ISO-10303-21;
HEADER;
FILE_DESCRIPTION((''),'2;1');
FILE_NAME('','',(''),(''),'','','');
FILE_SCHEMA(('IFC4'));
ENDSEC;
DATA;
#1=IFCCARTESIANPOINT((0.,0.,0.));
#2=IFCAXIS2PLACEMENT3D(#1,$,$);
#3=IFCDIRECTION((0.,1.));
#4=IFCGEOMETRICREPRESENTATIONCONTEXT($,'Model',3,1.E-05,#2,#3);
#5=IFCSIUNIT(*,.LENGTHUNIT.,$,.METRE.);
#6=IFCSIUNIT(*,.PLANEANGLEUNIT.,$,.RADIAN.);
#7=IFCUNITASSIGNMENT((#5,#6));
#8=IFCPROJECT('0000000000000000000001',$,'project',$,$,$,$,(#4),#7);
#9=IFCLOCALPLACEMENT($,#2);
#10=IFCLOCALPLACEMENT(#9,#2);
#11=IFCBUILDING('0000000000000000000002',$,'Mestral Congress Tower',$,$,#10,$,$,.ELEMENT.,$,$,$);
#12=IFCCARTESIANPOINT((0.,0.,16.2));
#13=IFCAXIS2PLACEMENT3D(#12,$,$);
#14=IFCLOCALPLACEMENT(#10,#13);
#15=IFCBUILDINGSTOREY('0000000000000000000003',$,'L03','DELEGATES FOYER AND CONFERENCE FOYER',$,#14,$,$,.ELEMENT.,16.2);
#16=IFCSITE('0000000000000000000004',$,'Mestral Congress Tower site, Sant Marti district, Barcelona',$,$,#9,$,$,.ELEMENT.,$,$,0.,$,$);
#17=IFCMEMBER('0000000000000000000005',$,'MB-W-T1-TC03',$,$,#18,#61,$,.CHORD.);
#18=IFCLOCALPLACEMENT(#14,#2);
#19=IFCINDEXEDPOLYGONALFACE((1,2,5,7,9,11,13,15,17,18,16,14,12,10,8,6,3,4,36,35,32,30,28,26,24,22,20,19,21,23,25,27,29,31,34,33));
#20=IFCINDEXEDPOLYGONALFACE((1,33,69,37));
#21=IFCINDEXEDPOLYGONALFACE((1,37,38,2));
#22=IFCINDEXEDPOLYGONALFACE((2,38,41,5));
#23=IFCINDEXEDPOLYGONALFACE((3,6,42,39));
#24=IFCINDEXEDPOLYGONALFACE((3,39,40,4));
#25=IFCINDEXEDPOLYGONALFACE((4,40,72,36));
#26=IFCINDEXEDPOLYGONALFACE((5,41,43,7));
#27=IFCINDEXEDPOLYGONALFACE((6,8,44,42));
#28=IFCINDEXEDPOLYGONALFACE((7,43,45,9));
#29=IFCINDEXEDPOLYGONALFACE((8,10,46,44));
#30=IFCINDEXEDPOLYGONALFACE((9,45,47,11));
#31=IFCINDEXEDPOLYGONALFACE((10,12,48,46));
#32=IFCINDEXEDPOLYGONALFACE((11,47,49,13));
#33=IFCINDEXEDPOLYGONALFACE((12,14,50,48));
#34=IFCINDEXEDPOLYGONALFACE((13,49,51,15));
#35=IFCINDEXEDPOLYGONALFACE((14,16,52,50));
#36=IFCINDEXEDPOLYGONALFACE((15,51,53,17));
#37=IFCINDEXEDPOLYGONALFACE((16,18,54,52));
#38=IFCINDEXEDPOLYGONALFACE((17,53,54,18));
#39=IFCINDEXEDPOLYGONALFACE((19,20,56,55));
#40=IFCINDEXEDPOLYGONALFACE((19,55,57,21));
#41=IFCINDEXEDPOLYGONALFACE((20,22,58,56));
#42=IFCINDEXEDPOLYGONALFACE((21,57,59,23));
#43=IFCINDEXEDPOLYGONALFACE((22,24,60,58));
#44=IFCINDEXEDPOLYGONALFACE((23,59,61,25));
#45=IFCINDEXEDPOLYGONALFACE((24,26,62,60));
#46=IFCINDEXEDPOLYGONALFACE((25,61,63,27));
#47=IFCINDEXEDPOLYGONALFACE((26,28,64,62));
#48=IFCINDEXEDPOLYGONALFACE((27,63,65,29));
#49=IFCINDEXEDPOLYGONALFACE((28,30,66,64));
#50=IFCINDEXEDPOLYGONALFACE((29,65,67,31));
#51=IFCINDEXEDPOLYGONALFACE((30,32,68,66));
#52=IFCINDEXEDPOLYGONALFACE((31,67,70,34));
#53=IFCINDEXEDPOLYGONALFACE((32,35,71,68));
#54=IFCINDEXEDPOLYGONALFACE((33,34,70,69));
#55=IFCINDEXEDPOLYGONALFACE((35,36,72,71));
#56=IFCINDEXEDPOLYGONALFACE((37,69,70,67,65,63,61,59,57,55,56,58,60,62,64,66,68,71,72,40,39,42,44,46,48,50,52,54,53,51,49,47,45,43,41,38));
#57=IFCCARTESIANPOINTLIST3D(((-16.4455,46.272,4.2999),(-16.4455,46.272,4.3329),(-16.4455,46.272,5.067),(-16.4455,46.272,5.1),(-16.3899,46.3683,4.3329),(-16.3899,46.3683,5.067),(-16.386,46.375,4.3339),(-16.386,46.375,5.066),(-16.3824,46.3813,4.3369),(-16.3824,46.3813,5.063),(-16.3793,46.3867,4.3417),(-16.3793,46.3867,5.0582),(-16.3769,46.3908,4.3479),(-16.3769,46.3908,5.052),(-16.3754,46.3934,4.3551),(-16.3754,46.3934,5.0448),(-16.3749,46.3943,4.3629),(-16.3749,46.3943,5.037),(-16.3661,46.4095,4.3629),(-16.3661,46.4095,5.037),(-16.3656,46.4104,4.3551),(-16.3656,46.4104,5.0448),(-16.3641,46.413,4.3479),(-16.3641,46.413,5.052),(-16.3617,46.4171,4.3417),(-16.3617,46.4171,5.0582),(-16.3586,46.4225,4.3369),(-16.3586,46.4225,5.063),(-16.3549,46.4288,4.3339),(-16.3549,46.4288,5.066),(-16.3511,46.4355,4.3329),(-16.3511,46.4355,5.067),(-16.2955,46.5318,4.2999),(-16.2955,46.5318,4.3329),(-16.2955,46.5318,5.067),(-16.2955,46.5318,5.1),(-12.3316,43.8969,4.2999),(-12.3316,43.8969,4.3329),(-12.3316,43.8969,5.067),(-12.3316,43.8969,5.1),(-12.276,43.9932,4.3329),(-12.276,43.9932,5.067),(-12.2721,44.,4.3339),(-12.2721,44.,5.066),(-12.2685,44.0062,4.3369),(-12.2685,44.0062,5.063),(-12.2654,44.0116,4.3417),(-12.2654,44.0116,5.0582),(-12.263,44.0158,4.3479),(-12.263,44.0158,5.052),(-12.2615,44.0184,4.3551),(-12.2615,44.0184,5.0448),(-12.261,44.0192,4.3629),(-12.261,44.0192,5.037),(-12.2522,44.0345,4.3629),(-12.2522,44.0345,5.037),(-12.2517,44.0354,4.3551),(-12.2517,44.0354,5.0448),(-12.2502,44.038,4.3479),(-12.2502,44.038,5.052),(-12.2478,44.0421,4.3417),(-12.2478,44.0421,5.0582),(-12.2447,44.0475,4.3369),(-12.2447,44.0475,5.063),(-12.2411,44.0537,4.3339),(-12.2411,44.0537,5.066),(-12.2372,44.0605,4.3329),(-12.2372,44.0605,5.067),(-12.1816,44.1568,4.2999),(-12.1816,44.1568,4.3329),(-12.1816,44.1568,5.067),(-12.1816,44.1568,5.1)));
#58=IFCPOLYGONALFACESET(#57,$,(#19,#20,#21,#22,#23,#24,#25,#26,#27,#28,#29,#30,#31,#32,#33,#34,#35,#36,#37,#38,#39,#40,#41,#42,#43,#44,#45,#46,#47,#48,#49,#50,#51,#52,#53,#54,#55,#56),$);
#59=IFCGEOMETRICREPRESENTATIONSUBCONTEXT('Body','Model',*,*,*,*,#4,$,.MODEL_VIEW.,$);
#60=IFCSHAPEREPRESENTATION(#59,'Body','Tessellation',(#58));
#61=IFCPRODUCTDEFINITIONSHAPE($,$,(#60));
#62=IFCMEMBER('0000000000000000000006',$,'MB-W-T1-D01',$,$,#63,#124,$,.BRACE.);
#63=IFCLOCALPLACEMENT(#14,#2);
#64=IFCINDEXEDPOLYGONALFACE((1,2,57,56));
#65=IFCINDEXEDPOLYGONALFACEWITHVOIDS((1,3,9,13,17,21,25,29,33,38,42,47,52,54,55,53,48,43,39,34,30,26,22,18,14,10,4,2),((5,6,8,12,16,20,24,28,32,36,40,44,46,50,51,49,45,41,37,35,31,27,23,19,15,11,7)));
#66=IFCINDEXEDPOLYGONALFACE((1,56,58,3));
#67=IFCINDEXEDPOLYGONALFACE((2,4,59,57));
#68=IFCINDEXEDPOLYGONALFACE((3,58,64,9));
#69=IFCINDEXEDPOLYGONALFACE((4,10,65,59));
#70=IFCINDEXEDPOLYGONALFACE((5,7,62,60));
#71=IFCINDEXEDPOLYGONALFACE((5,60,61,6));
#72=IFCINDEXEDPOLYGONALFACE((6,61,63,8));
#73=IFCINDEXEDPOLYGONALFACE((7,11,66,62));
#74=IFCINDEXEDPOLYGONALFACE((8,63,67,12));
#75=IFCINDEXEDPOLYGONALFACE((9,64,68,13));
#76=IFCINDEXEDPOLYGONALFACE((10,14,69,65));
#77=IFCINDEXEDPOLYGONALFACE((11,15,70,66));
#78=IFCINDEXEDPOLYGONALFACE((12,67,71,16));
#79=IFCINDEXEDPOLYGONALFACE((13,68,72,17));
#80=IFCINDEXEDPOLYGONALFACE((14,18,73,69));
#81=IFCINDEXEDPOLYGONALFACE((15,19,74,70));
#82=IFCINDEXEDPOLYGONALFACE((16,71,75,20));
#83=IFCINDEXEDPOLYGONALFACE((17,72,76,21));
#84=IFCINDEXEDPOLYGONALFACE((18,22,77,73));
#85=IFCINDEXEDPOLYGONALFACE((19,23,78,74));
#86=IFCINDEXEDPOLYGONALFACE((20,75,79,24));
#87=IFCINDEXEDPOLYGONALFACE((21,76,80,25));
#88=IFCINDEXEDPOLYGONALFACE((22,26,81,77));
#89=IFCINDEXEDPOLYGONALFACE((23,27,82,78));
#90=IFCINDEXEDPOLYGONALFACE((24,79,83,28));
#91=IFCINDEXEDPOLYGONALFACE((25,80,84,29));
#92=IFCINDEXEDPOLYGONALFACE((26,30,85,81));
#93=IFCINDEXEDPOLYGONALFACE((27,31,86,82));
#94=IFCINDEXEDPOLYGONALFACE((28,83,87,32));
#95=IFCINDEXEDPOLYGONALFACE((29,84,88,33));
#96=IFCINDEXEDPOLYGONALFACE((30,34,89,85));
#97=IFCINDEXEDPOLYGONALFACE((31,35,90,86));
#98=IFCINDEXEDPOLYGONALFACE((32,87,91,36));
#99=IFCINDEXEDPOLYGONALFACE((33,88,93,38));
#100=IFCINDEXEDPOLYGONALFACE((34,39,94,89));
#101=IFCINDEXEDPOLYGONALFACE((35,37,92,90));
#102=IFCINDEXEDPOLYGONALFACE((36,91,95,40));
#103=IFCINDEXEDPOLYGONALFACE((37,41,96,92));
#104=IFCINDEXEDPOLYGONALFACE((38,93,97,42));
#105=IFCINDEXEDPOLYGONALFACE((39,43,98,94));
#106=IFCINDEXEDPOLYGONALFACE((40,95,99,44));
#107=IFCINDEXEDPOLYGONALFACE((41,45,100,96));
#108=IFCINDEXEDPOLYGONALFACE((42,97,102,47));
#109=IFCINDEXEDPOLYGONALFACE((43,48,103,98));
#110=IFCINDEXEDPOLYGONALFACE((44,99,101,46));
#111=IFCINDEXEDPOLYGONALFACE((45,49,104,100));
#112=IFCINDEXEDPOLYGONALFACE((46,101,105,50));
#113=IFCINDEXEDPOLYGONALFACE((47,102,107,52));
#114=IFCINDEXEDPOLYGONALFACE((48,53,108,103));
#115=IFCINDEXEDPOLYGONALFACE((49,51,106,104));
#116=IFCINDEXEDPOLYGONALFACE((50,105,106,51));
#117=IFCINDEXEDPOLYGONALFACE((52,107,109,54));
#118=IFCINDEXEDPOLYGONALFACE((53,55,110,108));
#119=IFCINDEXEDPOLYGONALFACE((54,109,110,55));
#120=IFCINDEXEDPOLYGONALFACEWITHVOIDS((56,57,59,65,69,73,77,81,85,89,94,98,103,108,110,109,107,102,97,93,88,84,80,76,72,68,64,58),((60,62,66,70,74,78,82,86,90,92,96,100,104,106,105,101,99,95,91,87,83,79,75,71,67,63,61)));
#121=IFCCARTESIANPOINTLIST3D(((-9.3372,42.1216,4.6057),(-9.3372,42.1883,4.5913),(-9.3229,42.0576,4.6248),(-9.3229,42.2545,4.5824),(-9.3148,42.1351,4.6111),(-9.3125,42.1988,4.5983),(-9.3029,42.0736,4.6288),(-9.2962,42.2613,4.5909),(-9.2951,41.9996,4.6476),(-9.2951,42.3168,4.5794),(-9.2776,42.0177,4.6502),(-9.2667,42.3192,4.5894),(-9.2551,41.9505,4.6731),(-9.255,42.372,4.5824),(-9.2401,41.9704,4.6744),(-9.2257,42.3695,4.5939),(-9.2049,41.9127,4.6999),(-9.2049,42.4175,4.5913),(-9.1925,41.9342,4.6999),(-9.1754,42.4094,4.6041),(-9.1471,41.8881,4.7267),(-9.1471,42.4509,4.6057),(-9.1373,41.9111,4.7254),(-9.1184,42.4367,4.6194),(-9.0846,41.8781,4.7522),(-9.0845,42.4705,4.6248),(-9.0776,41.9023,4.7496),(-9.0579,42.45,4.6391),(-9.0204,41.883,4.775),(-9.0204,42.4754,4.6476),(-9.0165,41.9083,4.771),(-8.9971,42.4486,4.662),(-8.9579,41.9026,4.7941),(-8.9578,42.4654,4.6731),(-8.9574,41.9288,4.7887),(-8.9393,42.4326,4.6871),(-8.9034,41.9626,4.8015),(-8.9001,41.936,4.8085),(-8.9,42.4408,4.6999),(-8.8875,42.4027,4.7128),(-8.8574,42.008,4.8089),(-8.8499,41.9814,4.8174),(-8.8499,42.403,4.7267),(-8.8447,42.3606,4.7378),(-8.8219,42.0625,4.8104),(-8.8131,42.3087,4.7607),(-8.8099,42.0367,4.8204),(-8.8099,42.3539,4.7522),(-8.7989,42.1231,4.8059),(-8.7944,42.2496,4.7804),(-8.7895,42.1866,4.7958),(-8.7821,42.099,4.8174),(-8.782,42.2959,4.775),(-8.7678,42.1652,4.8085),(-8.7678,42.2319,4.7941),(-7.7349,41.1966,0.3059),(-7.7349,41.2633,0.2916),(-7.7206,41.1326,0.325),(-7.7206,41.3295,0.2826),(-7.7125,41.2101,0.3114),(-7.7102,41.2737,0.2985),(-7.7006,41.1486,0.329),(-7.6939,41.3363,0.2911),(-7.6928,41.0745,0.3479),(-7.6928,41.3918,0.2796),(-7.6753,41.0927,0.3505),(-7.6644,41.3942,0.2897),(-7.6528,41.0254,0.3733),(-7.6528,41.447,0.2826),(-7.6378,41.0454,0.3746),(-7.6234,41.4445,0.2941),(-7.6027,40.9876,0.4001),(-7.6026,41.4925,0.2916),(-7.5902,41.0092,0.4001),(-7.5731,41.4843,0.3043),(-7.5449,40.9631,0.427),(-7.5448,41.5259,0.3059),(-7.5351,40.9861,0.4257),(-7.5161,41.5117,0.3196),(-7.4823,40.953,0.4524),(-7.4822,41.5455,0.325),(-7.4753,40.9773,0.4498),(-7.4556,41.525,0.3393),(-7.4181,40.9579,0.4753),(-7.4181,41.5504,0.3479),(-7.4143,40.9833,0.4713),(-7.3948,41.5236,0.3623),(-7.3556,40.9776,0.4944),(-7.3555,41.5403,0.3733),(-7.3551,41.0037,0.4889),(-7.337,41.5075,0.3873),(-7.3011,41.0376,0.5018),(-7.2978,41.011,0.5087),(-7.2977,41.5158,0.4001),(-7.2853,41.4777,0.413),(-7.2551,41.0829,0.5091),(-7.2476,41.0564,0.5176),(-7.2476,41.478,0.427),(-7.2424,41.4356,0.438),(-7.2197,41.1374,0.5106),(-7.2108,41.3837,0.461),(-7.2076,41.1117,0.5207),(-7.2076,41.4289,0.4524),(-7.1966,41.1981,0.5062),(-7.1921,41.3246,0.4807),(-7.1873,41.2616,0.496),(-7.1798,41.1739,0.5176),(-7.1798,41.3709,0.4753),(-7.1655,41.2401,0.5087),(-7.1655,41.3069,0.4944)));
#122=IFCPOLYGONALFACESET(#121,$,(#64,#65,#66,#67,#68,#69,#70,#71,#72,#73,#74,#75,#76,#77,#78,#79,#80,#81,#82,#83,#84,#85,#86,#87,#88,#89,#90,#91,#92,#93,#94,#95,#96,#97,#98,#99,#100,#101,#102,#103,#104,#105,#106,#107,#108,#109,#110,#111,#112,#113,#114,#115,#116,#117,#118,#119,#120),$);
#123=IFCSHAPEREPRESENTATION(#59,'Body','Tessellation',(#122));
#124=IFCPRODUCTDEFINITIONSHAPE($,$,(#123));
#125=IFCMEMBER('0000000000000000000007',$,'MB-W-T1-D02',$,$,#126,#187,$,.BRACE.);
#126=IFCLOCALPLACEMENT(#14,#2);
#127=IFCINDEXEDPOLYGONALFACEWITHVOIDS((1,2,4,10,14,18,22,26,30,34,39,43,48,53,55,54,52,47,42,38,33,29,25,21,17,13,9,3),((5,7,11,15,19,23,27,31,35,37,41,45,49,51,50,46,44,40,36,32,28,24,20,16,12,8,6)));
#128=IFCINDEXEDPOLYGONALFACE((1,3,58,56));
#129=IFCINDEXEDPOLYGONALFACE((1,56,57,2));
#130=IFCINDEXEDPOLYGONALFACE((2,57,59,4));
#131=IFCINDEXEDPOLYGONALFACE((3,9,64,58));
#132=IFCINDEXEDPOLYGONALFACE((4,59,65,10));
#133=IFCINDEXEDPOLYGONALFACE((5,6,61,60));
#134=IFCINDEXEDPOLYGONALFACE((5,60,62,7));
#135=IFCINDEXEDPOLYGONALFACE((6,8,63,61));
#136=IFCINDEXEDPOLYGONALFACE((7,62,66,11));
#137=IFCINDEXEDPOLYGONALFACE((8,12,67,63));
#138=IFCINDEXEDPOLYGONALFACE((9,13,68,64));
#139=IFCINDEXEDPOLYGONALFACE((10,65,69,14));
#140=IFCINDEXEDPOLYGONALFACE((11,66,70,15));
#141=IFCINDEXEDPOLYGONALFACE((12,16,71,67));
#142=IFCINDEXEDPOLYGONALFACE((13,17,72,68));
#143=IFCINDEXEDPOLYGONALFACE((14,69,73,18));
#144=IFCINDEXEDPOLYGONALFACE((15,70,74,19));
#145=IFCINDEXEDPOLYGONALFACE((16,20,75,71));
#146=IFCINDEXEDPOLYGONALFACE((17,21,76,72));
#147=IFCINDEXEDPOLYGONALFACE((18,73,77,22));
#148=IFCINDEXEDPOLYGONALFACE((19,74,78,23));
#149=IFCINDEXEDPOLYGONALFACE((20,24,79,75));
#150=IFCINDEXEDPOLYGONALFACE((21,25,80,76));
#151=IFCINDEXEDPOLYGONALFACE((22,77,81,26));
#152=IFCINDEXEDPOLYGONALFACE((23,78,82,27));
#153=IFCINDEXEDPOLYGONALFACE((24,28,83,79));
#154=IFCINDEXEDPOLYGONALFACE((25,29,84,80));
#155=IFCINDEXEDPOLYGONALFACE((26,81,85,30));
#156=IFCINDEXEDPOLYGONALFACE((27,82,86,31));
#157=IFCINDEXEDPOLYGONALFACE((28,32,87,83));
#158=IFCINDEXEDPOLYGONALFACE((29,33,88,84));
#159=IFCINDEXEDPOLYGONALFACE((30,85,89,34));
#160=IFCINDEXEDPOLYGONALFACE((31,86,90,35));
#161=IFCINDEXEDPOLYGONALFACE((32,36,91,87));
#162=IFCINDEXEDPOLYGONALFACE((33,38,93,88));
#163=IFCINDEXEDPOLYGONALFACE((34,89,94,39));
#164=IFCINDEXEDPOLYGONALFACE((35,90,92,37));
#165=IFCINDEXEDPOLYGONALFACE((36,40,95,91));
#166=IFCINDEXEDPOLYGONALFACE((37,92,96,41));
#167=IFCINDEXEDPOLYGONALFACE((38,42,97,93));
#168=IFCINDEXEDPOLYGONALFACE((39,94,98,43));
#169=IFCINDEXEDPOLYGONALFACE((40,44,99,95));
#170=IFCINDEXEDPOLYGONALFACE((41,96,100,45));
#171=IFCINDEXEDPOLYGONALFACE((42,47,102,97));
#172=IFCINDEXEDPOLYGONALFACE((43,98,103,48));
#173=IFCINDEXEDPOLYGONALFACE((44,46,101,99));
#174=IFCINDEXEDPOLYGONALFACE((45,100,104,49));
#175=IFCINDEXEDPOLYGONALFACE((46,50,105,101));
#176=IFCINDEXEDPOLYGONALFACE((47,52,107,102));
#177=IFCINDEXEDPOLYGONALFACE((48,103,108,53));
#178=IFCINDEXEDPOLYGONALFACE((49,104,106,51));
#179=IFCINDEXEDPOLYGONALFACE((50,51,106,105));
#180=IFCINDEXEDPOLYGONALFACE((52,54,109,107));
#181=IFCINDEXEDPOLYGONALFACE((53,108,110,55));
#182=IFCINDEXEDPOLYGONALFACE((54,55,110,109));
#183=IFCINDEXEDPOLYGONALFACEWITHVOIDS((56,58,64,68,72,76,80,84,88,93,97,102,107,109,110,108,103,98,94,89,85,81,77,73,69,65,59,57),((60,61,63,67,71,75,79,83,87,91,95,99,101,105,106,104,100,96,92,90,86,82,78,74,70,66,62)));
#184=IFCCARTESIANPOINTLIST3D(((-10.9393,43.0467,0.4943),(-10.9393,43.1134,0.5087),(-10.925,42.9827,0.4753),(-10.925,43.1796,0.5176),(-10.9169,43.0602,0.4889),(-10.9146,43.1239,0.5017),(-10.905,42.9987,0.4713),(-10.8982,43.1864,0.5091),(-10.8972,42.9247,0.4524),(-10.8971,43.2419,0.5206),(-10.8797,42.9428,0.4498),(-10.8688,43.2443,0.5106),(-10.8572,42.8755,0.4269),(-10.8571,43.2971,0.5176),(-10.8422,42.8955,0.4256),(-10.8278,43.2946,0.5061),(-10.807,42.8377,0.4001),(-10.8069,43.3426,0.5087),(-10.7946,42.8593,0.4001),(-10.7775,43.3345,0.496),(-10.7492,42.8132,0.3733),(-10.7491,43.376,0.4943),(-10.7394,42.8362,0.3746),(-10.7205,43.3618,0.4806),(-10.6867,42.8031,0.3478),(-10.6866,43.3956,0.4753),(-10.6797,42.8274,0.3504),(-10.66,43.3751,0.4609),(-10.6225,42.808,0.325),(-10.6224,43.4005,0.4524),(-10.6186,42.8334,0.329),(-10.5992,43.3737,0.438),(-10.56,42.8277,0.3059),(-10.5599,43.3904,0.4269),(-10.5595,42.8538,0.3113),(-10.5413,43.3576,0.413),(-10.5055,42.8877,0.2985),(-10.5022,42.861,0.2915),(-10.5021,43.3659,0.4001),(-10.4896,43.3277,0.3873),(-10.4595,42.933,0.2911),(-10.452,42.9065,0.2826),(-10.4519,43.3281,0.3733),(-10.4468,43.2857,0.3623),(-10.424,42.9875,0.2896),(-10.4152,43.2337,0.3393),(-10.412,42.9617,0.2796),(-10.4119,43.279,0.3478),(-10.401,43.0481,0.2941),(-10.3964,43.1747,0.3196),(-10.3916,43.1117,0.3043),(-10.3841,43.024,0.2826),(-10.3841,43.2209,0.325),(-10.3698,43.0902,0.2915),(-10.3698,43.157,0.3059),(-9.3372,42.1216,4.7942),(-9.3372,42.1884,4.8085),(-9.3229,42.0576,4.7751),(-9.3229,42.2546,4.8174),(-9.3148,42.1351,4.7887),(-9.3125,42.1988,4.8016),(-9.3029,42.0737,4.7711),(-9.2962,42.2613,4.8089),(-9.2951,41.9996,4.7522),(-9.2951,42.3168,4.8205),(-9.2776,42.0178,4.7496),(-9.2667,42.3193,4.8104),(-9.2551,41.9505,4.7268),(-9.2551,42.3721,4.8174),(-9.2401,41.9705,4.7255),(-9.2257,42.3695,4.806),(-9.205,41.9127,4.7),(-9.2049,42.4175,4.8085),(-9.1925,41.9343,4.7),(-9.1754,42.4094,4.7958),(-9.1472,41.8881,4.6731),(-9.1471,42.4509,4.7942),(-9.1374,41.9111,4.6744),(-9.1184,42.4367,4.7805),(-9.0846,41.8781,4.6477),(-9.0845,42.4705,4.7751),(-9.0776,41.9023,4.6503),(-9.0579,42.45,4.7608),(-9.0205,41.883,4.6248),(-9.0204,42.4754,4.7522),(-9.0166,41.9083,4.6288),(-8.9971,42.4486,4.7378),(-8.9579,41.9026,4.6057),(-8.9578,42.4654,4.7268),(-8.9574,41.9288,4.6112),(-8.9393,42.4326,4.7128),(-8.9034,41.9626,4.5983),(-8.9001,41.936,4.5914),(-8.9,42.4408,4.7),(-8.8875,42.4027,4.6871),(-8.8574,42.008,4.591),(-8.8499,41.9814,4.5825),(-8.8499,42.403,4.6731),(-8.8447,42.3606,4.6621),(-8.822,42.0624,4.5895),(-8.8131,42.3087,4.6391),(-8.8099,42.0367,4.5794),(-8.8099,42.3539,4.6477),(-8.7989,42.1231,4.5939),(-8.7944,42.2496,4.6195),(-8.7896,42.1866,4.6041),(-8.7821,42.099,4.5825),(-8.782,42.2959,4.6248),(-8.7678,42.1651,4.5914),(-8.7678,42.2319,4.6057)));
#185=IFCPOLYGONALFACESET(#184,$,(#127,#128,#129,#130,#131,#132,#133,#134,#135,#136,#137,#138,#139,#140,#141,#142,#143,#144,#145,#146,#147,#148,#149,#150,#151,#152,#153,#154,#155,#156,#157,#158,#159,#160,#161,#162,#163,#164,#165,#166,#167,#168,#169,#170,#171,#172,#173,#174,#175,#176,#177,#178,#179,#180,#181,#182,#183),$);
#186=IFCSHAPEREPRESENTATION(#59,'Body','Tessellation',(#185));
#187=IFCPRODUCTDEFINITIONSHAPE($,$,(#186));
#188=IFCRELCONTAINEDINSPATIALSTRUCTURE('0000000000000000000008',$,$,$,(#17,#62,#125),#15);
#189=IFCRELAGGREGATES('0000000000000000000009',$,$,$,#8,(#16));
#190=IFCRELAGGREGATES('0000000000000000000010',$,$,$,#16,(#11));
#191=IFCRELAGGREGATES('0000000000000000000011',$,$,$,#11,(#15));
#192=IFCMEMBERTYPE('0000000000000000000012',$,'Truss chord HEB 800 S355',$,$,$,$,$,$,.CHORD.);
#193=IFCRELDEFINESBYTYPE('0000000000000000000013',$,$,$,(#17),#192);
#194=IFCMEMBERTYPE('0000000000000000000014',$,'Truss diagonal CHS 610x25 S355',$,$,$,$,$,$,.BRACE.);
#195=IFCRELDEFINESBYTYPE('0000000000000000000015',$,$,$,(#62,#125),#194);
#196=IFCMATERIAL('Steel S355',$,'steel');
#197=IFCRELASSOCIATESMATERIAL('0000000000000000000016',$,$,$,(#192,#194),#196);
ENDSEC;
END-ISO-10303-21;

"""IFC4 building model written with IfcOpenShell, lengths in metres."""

from ifc_helpers import new_model, si_unit, direction, frame, origin, origin_2d, place, context, subcontext, project, spatial, hollow_circle, i_section, extrude, material, material_profile, profile_set, type_object, element, save


model = new_model("IFC4")

# Units and contexts
model_context = context("Model", 3, precision=1e-05, world=origin(), true_north=direction((0.0, 1.0)))
body_context = subcontext(model_context, "Body", "Model", "MODEL_VIEW")
ifc_project = project(units=[si_unit("LENGTHUNIT", "METRE"), si_unit("PLANEANGLEUNIT", "RADIAN")], contexts=[model_context])

# Site, building, storey
site_placement = place(None, origin())
site = spatial("IfcSite", under=ifc_project, at=site_placement, Name="Mestral Congress Tower site, Sant Marti district, Barcelona", CompositionType="ELEMENT", RefElevation=0.0)
building_placement = place(site_placement, origin())
building = spatial("IfcBuilding", under=site, at=building_placement, Name="Mestral Congress Tower", CompositionType="ELEMENT")
storey_placement = place(building_placement, frame((0.0, 0.0, 16.2)))
storey = spatial("IfcBuildingStorey", under=building, at=storey_placement, Name="L03", Description="DELEGATES FOYER AND CONFERENCE FOYER", CompositionType="ELEMENT", Elevation=16.2)

# Shared definitions
ifc_material_1 = material(Name="Steel S355", Category="steel")

# Members
ifc_material_profile_1 = material_profile(ifc_material_1, i_section(OverallWidth=0.3, OverallDepth=0.8, WebThickness=0.0176, FlangeThickness=0.033, FilletRadius=0.03, at=origin_2d()), Name="HEB 800")
ifc_profile_set_1 = profile_set([ifc_material_profile_1], Name="Steel S355")
member_type_1 = type_object("IfcMemberType", Name="Truss chord HEB 800 S355", PredefinedType="CHORD", material=ifc_profile_set_1)
member_1_placement = place(storey_placement, frame((-12.2566, 44.0269, 4.7), z_axis=(-0.866033, 0.499986, 0.0), x_axis=(-0.499986, -0.866033, 0.0)))
element("IfcMember", 1, at=member_1_placement, inside=storey, type_object=member_type_1, Name="MB-W-T1-TC03", PredefinedType="CHORD", context=body_context, shape_type="SweptSolid", body=[
    extrude(i_section(OverallWidth=0.3, OverallDepth=0.8, WebThickness=0.0176, FlangeThickness=0.033, FilletRadius=0.03, at=origin_2d()), origin(), (0.0, 0.0, 1.0), 4.7502),
])
ifc_material_profile_2 = material_profile(ifc_material_1, hollow_circle(Radius=0.3049, WallThickness=0.0249, at=origin_2d()), Name="CHS 610x25")
ifc_profile_set_2 = profile_set([ifc_material_profile_2], Name="Steel S355")
member_type_2 = type_object("IfcMemberType", Name="Truss diagonal CHS 610x25 S355", PredefinedType="BRACE", material=ifc_profile_set_2)
for number, where, z_axis, x_axis, name in (
    (2, (-7.4502, 41.2517, 0.4001), (-0.342301, 0.197619, 0.918573), (-0.499985, -0.866034, 0.0), "MB-W-T1-D01"),
    (3, (-9.0525, 42.1768, 4.7), (-0.342254, 0.197623, -0.91859), (-0.500042, -0.866001, 0.0), "MB-W-T1-D02"),
):
    element("IfcMember", number, at=place(storey_placement, frame(where, z_axis=z_axis, x_axis=x_axis)), inside=storey, type_object=member_type_2, Name=name, PredefinedType="BRACE", context=body_context, shape_type="SweptSolid", body=[
        extrude(hollow_circle(Radius=0.3049, WallThickness=0.0249, at=origin_2d()), origin(), (0.0, 0.0, 1.0), 4.6809),
    ])

save(model, "model.ifc")
